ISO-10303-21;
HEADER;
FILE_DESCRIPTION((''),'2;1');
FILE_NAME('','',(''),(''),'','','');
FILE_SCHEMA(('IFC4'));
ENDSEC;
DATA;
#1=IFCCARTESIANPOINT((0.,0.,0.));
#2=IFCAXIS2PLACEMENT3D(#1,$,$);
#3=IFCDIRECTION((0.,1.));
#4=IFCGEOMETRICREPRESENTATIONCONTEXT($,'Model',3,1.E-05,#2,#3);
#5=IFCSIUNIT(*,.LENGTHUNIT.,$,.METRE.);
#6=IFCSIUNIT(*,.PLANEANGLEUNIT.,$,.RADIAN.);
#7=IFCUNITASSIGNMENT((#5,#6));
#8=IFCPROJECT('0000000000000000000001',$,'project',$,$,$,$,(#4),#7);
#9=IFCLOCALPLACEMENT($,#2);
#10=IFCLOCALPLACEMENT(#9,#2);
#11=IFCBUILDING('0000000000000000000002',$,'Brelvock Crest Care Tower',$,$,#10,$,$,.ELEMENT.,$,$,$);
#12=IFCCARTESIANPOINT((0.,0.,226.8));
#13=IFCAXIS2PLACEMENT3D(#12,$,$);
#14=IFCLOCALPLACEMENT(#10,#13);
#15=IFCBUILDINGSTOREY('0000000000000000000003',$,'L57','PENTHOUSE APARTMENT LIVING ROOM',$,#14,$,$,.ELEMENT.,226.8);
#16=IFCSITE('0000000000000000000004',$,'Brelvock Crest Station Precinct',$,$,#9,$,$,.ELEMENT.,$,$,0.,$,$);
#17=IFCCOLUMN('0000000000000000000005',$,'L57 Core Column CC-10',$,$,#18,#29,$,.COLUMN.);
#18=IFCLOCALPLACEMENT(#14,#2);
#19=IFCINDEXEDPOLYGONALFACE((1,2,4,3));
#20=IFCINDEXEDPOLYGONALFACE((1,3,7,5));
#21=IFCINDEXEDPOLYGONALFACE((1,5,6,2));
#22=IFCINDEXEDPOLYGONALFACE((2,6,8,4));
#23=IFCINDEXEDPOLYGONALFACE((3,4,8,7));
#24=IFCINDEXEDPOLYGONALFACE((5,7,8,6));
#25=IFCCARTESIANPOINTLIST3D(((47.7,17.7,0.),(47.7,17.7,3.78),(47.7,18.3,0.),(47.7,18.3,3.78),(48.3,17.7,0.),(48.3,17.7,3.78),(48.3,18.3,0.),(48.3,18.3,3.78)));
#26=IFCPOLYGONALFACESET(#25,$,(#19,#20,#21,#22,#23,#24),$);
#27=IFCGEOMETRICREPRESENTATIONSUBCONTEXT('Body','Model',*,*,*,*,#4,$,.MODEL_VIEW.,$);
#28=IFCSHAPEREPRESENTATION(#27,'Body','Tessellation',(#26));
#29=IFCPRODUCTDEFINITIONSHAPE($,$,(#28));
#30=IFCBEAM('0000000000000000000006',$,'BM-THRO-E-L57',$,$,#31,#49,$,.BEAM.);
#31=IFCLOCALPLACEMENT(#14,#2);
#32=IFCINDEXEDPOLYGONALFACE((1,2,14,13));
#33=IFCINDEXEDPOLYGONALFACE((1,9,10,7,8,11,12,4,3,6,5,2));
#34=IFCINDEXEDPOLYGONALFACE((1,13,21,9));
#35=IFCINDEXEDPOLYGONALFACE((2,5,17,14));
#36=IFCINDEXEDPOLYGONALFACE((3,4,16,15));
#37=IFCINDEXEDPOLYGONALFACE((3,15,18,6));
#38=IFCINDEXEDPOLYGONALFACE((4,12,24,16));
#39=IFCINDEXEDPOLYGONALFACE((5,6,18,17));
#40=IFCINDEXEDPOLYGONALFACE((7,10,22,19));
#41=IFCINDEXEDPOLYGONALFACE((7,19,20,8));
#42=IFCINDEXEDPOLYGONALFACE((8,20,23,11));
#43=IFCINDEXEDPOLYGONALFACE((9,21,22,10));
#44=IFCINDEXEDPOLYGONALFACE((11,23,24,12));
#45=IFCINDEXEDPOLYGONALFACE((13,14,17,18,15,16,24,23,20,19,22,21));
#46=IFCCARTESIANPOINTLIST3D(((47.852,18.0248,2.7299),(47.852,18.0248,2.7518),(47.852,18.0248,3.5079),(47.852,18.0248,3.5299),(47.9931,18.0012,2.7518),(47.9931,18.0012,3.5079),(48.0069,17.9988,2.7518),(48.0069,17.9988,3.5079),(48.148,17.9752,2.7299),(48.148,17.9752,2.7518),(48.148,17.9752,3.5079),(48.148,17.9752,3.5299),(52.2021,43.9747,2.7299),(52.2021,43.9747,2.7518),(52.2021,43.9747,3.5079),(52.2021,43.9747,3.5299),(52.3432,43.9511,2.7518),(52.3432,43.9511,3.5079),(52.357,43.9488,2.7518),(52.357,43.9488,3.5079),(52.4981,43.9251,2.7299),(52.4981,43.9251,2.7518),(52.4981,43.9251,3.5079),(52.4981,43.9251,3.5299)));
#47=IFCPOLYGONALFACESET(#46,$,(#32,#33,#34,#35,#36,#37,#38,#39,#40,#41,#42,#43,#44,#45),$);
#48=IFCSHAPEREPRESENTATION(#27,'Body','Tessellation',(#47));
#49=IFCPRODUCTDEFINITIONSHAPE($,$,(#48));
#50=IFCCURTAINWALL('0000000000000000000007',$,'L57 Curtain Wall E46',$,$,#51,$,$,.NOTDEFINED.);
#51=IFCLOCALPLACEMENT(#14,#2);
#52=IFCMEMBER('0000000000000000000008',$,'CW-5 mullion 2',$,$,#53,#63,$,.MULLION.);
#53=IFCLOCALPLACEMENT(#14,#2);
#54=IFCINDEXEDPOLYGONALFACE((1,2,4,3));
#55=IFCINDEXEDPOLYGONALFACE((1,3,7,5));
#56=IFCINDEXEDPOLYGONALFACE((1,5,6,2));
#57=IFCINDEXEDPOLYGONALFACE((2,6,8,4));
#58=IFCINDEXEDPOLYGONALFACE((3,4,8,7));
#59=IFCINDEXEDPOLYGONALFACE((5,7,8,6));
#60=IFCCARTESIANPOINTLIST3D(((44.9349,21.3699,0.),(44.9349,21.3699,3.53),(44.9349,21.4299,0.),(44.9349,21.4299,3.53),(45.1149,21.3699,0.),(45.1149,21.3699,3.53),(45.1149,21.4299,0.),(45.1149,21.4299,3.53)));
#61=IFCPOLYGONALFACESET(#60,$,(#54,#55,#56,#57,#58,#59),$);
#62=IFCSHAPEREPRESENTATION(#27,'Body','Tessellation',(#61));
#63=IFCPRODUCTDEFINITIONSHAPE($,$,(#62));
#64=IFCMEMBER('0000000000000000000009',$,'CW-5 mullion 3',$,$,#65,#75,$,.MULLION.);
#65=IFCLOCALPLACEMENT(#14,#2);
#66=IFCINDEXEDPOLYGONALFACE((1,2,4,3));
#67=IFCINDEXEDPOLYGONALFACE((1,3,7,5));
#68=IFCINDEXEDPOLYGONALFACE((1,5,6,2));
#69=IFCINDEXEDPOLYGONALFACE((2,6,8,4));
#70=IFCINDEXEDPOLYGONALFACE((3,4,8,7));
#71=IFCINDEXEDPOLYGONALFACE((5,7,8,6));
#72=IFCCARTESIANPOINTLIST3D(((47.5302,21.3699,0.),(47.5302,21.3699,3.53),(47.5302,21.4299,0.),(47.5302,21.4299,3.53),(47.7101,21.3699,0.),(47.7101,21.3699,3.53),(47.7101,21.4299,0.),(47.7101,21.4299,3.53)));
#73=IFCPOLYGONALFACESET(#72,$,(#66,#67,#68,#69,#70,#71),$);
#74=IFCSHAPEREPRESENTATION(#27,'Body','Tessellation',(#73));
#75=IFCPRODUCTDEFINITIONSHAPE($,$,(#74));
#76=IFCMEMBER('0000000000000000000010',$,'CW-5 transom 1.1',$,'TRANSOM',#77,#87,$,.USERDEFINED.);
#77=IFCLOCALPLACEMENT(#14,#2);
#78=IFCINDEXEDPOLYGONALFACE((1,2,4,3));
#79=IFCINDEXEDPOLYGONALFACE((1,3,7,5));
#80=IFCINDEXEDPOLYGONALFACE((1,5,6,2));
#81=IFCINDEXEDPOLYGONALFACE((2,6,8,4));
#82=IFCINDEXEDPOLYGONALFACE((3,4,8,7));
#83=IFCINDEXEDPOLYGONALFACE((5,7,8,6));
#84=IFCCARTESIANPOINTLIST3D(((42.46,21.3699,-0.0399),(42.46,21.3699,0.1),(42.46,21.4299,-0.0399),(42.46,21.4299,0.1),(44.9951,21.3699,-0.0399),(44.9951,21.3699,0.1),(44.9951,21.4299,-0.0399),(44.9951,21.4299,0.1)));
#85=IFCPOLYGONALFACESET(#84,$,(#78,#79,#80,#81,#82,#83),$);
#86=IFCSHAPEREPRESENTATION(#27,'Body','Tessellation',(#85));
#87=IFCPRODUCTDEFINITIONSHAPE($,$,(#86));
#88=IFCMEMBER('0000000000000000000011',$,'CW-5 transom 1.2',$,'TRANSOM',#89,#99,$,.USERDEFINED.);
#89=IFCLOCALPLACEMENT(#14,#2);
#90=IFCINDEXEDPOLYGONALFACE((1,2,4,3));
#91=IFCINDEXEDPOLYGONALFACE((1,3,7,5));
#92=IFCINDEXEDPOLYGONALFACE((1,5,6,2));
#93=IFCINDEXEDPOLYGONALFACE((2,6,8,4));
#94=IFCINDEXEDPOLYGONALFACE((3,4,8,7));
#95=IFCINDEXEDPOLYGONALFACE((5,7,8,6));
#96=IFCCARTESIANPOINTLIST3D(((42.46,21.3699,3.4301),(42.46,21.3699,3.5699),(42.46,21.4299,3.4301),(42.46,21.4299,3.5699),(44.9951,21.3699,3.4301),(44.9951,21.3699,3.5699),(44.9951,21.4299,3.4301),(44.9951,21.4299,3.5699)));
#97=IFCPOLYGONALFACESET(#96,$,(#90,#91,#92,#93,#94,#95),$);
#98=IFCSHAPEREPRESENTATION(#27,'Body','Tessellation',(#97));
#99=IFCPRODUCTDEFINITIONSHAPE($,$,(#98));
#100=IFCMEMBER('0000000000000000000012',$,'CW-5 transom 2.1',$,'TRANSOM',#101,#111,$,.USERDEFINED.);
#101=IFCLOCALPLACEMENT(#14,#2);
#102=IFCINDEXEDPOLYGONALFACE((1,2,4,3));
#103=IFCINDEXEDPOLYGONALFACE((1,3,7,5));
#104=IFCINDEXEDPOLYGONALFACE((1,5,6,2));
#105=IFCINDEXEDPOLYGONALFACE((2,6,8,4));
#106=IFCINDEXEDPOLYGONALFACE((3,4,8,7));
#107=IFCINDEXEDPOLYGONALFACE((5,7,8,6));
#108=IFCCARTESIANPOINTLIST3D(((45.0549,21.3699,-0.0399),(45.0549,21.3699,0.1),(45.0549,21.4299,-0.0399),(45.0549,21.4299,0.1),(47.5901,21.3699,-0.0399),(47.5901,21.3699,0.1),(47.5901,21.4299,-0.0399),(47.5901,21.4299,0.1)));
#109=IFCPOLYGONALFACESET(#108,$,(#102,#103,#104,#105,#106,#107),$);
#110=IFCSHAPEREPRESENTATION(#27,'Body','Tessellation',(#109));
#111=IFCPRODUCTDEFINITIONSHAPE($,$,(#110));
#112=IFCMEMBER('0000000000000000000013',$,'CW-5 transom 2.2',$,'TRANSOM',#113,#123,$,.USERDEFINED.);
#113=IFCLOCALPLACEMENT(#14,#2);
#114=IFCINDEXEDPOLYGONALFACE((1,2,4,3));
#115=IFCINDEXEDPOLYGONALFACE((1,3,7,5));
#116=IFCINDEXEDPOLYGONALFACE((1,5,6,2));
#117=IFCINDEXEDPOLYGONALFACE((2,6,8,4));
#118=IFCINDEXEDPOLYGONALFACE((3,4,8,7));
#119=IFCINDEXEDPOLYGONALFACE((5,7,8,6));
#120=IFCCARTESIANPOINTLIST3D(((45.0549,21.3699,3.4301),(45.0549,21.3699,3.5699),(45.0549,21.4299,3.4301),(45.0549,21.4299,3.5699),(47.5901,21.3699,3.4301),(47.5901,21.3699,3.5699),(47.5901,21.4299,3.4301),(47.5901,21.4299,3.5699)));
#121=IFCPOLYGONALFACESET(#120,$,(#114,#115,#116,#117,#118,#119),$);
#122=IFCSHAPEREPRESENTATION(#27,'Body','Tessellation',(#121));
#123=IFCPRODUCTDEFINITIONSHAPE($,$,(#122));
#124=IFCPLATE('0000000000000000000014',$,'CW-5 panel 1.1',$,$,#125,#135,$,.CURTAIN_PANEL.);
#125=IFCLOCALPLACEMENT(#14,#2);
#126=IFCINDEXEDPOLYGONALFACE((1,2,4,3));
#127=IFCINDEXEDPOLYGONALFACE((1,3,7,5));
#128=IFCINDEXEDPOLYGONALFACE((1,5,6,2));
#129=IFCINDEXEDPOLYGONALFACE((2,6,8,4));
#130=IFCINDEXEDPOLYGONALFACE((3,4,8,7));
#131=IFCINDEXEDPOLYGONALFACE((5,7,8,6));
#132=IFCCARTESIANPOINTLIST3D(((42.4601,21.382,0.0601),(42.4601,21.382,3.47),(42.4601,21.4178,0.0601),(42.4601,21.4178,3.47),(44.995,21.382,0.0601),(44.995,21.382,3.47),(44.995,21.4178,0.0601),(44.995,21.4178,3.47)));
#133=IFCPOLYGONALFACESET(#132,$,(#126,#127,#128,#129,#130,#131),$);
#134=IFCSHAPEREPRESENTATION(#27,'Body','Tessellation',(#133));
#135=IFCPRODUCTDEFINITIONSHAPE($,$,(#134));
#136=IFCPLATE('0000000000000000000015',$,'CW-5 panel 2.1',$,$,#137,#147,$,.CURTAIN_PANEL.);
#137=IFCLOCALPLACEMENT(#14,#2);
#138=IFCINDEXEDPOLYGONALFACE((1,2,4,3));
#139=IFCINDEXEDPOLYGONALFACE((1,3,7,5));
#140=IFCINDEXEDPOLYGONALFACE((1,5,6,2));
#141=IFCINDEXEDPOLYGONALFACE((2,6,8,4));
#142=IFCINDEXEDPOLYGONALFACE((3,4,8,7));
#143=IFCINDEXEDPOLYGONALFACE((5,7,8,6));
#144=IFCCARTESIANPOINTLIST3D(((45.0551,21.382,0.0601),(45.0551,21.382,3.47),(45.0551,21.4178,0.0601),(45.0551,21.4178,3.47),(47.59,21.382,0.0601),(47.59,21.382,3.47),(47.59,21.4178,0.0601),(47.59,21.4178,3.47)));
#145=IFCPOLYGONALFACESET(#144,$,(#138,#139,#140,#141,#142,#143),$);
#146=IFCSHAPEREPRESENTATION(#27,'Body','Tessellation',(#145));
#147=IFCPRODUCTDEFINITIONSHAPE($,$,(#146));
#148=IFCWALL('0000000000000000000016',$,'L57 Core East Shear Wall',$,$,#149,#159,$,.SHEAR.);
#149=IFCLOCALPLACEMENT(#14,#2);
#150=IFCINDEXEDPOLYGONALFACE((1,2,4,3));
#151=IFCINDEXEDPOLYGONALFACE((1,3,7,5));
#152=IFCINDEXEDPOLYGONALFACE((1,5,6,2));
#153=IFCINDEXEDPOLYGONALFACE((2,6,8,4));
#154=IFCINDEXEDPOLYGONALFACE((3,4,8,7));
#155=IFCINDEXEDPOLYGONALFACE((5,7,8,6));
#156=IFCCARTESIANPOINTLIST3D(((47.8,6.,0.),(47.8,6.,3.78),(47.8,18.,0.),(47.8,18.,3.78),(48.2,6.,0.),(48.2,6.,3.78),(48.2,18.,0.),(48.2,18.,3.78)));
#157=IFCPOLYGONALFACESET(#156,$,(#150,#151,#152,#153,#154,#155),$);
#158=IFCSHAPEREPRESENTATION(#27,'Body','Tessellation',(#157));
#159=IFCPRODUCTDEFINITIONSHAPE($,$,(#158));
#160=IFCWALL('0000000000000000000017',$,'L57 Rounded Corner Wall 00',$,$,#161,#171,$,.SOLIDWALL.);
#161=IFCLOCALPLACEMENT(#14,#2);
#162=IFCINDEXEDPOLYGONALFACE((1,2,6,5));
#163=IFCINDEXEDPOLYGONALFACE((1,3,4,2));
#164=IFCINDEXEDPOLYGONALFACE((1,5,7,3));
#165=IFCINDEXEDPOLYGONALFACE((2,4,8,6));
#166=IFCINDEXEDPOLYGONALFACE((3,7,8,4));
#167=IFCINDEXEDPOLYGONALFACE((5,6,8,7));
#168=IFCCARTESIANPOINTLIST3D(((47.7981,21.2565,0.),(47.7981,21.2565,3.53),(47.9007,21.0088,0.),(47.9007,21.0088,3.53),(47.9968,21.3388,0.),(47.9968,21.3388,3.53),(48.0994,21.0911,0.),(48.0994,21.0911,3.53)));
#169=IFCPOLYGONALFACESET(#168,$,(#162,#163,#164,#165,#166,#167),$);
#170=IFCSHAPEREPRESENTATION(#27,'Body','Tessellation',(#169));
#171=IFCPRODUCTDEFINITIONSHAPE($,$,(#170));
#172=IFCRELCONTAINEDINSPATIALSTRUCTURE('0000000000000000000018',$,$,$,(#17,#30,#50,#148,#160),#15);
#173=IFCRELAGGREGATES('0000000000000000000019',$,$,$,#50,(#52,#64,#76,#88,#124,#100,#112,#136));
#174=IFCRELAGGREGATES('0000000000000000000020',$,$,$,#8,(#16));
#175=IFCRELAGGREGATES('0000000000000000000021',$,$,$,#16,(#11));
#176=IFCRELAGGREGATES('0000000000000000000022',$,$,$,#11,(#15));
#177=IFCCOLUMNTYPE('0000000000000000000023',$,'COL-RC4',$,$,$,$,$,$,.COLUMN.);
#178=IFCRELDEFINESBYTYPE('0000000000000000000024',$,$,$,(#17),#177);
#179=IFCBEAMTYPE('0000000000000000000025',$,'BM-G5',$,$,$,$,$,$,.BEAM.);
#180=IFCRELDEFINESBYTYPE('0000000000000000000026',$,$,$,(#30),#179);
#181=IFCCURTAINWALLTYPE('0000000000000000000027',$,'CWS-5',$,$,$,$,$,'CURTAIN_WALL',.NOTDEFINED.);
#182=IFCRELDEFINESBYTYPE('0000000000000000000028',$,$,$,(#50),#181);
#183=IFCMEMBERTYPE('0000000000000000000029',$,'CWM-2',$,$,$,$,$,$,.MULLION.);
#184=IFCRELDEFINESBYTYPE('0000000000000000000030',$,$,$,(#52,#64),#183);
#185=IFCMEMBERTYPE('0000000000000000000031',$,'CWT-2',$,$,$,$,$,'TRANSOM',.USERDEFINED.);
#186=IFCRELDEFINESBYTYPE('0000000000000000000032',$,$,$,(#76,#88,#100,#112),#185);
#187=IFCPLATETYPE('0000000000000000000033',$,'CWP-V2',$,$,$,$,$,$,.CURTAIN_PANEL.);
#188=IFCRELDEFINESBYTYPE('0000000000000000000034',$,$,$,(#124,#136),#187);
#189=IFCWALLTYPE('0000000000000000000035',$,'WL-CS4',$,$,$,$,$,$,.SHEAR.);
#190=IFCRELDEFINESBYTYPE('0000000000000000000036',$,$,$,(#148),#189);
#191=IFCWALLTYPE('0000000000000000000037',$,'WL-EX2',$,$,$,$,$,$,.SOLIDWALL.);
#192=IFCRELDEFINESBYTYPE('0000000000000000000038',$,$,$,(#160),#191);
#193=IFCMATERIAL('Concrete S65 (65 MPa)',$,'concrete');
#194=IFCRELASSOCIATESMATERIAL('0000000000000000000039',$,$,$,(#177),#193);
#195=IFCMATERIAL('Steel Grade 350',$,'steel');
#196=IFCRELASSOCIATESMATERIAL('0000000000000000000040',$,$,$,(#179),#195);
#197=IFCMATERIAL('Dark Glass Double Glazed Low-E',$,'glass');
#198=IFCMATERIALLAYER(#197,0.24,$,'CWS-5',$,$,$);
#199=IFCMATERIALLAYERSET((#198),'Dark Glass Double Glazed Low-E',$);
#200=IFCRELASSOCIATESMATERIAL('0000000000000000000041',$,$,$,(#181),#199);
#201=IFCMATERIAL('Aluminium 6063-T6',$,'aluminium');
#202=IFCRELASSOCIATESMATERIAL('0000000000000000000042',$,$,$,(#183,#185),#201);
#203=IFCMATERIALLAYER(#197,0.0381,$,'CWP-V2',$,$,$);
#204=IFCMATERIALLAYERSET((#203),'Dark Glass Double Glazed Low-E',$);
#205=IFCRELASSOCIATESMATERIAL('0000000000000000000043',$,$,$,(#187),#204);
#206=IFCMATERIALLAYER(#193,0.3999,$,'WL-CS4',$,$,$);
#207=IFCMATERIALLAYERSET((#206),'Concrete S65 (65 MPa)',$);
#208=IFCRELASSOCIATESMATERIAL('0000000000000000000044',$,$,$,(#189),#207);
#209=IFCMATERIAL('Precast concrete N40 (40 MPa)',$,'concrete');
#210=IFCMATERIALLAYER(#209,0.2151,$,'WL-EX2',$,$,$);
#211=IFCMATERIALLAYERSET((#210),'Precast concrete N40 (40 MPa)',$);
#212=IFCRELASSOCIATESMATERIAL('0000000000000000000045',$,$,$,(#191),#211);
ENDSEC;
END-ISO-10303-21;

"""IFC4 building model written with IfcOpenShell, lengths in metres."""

from ifc_helpers import new_model, si_unit, direction, frame, frame_2d, origin, origin_2d, place, context, subcontext, project, spatial, rectangle, i_section, extrude, source, transform, mapped, material, layer, layer_set, material_profile, profile_set, type_object, element, aggregate, save


model = new_model("IFC4")

# Units and contexts
model_context = context("Model", 3, precision=1e-05, world=origin(), true_north=direction((0.0, 1.0)))
body_context = subcontext(model_context, "Body", "Model", "MODEL_VIEW")
ifc_project = project(units=[si_unit("LENGTHUNIT", "METRE"), si_unit("PLANEANGLEUNIT", "RADIAN")], contexts=[model_context])

# Site, building, storey
site_placement = place(None, origin())
site = spatial("IfcSite", under=ifc_project, at=site_placement, Name="Brelvock Crest Station Precinct", CompositionType="ELEMENT", RefElevation=0.0)
building_placement = place(site_placement, origin())
building = spatial("IfcBuilding", under=site, at=building_placement, Name="Brelvock Crest Care Tower", CompositionType="ELEMENT")
storey_placement = place(building_placement, frame((0.0, 0.0, 226.8)))
storey = spatial("IfcBuildingStorey", under=building, at=storey_placement, Name="L57", Description="PENTHOUSE APARTMENT LIVING ROOM", CompositionType="ELEMENT", Elevation=226.8)

# Column
ifc_material_1 = material(Name="Concrete S65 (65 MPa)", Category="concrete")
ifc_material_profile_1 = material_profile(ifc_material_1, rectangle(XDim=0.6001, YDim=0.6001, at=origin_2d()), Name="RC600x600")
ifc_profile_set_1 = profile_set([ifc_material_profile_1], Name="Concrete S65 (65 MPa)")
column_type = type_object("IfcColumnType", Name="COL-RC4", PredefinedType="COLUMN", material=ifc_profile_set_1)
shared_shape_1 = source(origin(), body_context, "Body", "SweptSolid", [
    extrude(rectangle(XDim=0.6001, YDim=0.6001, at=origin_2d()), origin(), (0.0, 0.0, 1.0), 3.78),
])
column_placement = place(storey_placement, frame((48.0, 18.0, 0.0), z_axis=(0.0, 0.0, 1.0), x_axis=(1.0, 0.0, 0.0)))
element("IfcColumn", 1, at=column_placement, inside=storey, type_object=column_type, Name="L57 Core Column CC-10", PredefinedType="COLUMN", context=body_context, shape_type="MappedRepresentation", body=[
    mapped(shared_shape_1, transform((0.0, 0.0, 0.0), x_axis=(1.0, 0.0, 0.0), y_axis=(0.0, 1.0, 0.0), z_axis=(0.0, 0.0, 1.0), scale=1.0)),
])

# Beam
ifc_material_2 = material(Name="Steel Grade 350", Category="steel")
ifc_material_profile_2 = material_profile(ifc_material_2, i_section(OverallWidth=0.3, OverallDepth=0.8, WebThickness=0.0139, FlangeThickness=0.022, at=origin_2d()), Name="800WB192")
ifc_profile_set_2 = profile_set([ifc_material_profile_2], Name="Steel Grade 350")
beam_type = type_object("IfcBeamType", Name="BM-G5", PredefinedType="BEAM", material=ifc_profile_set_2)
shared_shape_2 = source(origin(), body_context, "Body", "SweptSolid", [
    extrude(i_section(OverallWidth=0.3, OverallDepth=0.8, WebThickness=0.0139, FlangeThickness=0.022, at=origin_2d()), origin(), (0.0, 0.0, 1.0), 26.312),
])
beam_placement = place(storey_placement, frame((48.0, 18.0, 3.1299), z_axis=(0.165327, 0.986239, 0.0), x_axis=(-0.986239, 0.165327, 0.0)))
element("IfcBeam", 2, at=beam_placement, inside=storey, type_object=beam_type, Name="BM-THRO-E-L57", PredefinedType="BEAM", context=body_context, shape_type="MappedRepresentation", body=[
    mapped(shared_shape_2, transform((0.0, 0.0, 0.0), x_axis=(1.0, 0.0, 0.0), y_axis=(0.0, 1.0, 0.0), z_axis=(0.0, 0.0, 1.0), scale=1.0)),
])

# Curtain wall, members, plates
ifc_material_3 = material(Name="Dark Glass Double Glazed Low-E", Category="glass")
ifc_layer_1 = layer(ifc_material_3, 0.24, Name="CWS-5")
ifc_layer_set_1 = layer_set([ifc_layer_1], Name="Dark Glass Double Glazed Low-E")
curtain_wall_type = type_object("IfcCurtainWallType", Name="CWS-5", ElementType="CURTAIN_WALL", PredefinedType="NOTDEFINED", material=ifc_layer_set_1)
curtain_wall_placement = place(storey_placement, origin())
curtain_wall = element("IfcCurtainWall", 3, at=curtain_wall_placement, inside=storey, type_object=curtain_wall_type, Name="L57 Curtain Wall E46", PredefinedType="NOTDEFINED")
ifc_material_4 = material(Name="Aluminium 6063-T6", Category="aluminium")
ifc_material_profile_3 = material_profile(ifc_material_4, rectangle(XDim=0.0601, YDim=0.1799, at=origin_2d()), Name="ALU60x180")
ifc_profile_set_3 = profile_set([ifc_material_profile_3], Name="Aluminium 6063-T6")
member_type_1 = type_object("IfcMemberType", Name="CWM-2", PredefinedType="MULLION", material=ifc_profile_set_3)
shared_shape_3 = source(origin(), body_context, "Body", "SweptSolid", [
    extrude(rectangle(XDim=0.0601, YDim=0.1799, at=origin_2d()), origin(), (0.0, 0.0, 1.0), 3.53),
])
member_1_placement = place(storey_placement, frame((45.0249, 21.3999, 0.0), z_axis=(0.0, 0.0, 1.0), x_axis=(0.0, 1.0, 0.0)))
member_1 = element("IfcMember", 4, at=member_1_placement, type_object=member_type_1, Name="CW-5 mullion 2", PredefinedType="MULLION", context=body_context, shape_type="MappedRepresentation", body=[
    mapped(shared_shape_3, transform((0.0, 0.0, 0.0), x_axis=(1.0, 0.0, 0.0), y_axis=(0.0, 1.0, 0.0), z_axis=(0.0, 0.0, 1.0), scale=1.0)),
])
member_2_placement = place(storey_placement, frame((47.6201, 21.3999, 0.0), z_axis=(0.0, 0.0, 1.0), x_axis=(0.0, 1.0, 0.0)))
member_2 = element("IfcMember", 5, at=member_2_placement, type_object=member_type_1, Name="CW-5 mullion 3", PredefinedType="MULLION", context=body_context, shape_type="MappedRepresentation", body=[
    mapped(shared_shape_3, transform((0.0, 0.0, 0.0), x_axis=(1.0, 0.0, 0.0), y_axis=(0.0, 1.0, 0.0), z_axis=(0.0, 0.0, 1.0), scale=1.0)),
])
ifc_material_profile_4 = material_profile(ifc_material_4, rectangle(XDim=0.0601, YDim=0.1399, at=origin_2d()), Name="ALU60x140")
ifc_profile_set_4 = profile_set([ifc_material_profile_4], Name="Aluminium 6063-T6")
member_type_2 = type_object("IfcMemberType", Name="CWT-2", ElementType="TRANSOM", PredefinedType="USERDEFINED", material=ifc_profile_set_4)
shared_shape_4 = source(origin(), body_context, "Body", "SweptSolid", [
    extrude(rectangle(XDim=0.0601, YDim=0.1399, at=origin_2d()), origin(), (0.0, 0.0, 1.0), 2.5352),
])
member_3_placement = place(storey_placement, frame((42.46, 21.3999, 0.03), z_axis=(1.0, 0.0, 0.0), x_axis=(0.0, 1.0, 0.0)))
member_3 = element("IfcMember", 6, at=member_3_placement, type_object=member_type_2, Name="CW-5 transom 1.1", ObjectType="TRANSOM", PredefinedType="USERDEFINED", context=body_context, shape_type="MappedRepresentation", body=[
    mapped(shared_shape_4, transform((0.0, 0.0, 0.0), x_axis=(1.0, 0.0, 0.0), y_axis=(0.0, 1.0, 0.0), z_axis=(0.0, 0.0, 1.0), scale=1.0)),
])
member_4_placement = place(storey_placement, frame((42.46, 21.3999, 3.5), z_axis=(1.0, 0.0, 0.0), x_axis=(0.0, 1.0, 0.0)))
member_4 = element("IfcMember", 7, at=member_4_placement, type_object=member_type_2, Name="CW-5 transom 1.2", ObjectType="TRANSOM", PredefinedType="USERDEFINED", context=body_context, shape_type="MappedRepresentation", body=[
    mapped(shared_shape_4, transform((0.0, 0.0, 0.0), x_axis=(1.0, 0.0, 0.0), y_axis=(0.0, 1.0, 0.0), z_axis=(0.0, 0.0, 1.0), scale=1.0)),
])
member_5_placement = place(storey_placement, frame((45.0549, 21.3999, 0.03), z_axis=(1.0, 0.0, 0.0), x_axis=(0.0, 1.0, 0.0)))
member_5 = element("IfcMember", 8, at=member_5_placement, type_object=member_type_2, Name="CW-5 transom 2.1", ObjectType="TRANSOM", PredefinedType="USERDEFINED", context=body_context, shape_type="MappedRepresentation", body=[
    mapped(shared_shape_4, transform((0.0, 0.0, 0.0), x_axis=(1.0, 0.0, 0.0), y_axis=(0.0, 1.0, 0.0), z_axis=(0.0, 0.0, 1.0), scale=1.0)),
])
member_6_placement = place(storey_placement, frame((45.0549, 21.3999, 3.5), z_axis=(1.0, 0.0, 0.0), x_axis=(0.0, 1.0, 0.0)))
member_6 = element("IfcMember", 9, at=member_6_placement, type_object=member_type_2, Name="CW-5 transom 2.2", ObjectType="TRANSOM", PredefinedType="USERDEFINED", context=body_context, shape_type="MappedRepresentation", body=[
    mapped(shared_shape_4, transform((0.0, 0.0, 0.0), x_axis=(1.0, 0.0, 0.0), y_axis=(0.0, 1.0, 0.0), z_axis=(0.0, 0.0, 1.0), scale=1.0)),
])
ifc_layer_2 = layer(ifc_material_3, 0.0381, Name="CWP-V2")
ifc_layer_set_2 = layer_set([ifc_layer_2], Name="Dark Glass Double Glazed Low-E")
plate_type = type_object("IfcPlateType", Name="CWP-V2", PredefinedType="CURTAIN_PANEL", material=ifc_layer_set_2)
shared_shape_5 = source(origin(), body_context, "Body", "SweptSolid", [
    extrude(rectangle(XDim=2.5349, YDim=0.0359, at=origin_2d()), origin(), (0.0, 0.0, 1.0), 3.4099),
])
plate_1_placement = place(storey_placement, frame((43.7275, 21.3999, 0.0601), z_axis=(0.0, 0.0, 1.0), x_axis=(1.0, 0.0, 0.0)))
plate_1 = element("IfcPlate", 10, at=plate_1_placement, type_object=plate_type, Name="CW-5 panel 1.1", PredefinedType="CURTAIN_PANEL", context=body_context, shape_type="MappedRepresentation", body=[
    mapped(shared_shape_5, transform((0.0, 0.0, 0.0), x_axis=(1.0, 0.0, 0.0), y_axis=(0.0, 1.0, 0.0), z_axis=(0.0, 0.0, 1.0), scale=1.0)),
])
plate_2_placement = place(storey_placement, frame((46.3225, 21.3999, 0.0601), z_axis=(0.0, 0.0, 1.0), x_axis=(1.0, 0.0, 0.0)))
plate_2 = element("IfcPlate", 11, at=plate_2_placement, type_object=plate_type, Name="CW-5 panel 2.1", PredefinedType="CURTAIN_PANEL", context=body_context, shape_type="MappedRepresentation", body=[
    mapped(shared_shape_5, transform((0.0, 0.0, 0.0), x_axis=(1.0, 0.0, 0.0), y_axis=(0.0, 1.0, 0.0), z_axis=(0.0, 0.0, 1.0), scale=1.0)),
])
aggregate(curtain_wall, [member_1, member_2, member_3, member_4, plate_1, member_5, member_6, plate_2])

# Walls
ifc_layer_3 = layer(ifc_material_1, 0.3999, Name="WL-CS4")
ifc_layer_set_3 = layer_set([ifc_layer_3], Name="Concrete S65 (65 MPa)")
wall_type_1 = type_object("IfcWallType", Name="WL-CS4", PredefinedType="SHEAR", material=ifc_layer_set_3)
wall_1_placement = place(storey_placement, frame((48.0, 18.0, 0.0), z_axis=(0.0, 0.0, 1.0), x_axis=(0.0, -1.0, 0.0)))
element("IfcWall", 12, at=wall_1_placement, inside=storey, type_object=wall_type_1, Name="L57 Core East Shear Wall", PredefinedType="SHEAR", context=body_context, shape_type="SweptSolid", body=[
    extrude(rectangle(XDim=12.0, YDim=0.3999, at=frame_2d((6.0, 0.0))), origin(), (0.0, 0.0, 1.0), 3.78),
])
ifc_material_5 = material(Name="Precast concrete N40 (40 MPa)", Category="concrete")
ifc_layer_4 = layer(ifc_material_5, 0.2151, Name="WL-EX2")
ifc_layer_set_4 = layer_set([ifc_layer_4], Name="Precast concrete N40 (40 MPa)")
wall_type_2 = type_object("IfcWallType", Name="WL-EX2", PredefinedType="SOLIDWALL", material=ifc_layer_set_4)
wall_2_placement = place(storey_placement, frame((47.8975, 21.2976, 0.0), z_axis=(0.0, 0.0, 1.0), x_axis=(0.382674, -0.923884, 0.0)))
element("IfcWall", 13, at=wall_2_placement, inside=storey, type_object=wall_type_2, Name="L57 Rounded Corner Wall 00", PredefinedType="SOLIDWALL", context=body_context, shape_type="SweptSolid", body=[
    extrude(rectangle(XDim=0.2681, YDim=0.2151, at=frame_2d((0.134, 0.0))), origin(), (0.0, 0.0, 1.0), 3.53),
])

save(model, "model.ifc")
